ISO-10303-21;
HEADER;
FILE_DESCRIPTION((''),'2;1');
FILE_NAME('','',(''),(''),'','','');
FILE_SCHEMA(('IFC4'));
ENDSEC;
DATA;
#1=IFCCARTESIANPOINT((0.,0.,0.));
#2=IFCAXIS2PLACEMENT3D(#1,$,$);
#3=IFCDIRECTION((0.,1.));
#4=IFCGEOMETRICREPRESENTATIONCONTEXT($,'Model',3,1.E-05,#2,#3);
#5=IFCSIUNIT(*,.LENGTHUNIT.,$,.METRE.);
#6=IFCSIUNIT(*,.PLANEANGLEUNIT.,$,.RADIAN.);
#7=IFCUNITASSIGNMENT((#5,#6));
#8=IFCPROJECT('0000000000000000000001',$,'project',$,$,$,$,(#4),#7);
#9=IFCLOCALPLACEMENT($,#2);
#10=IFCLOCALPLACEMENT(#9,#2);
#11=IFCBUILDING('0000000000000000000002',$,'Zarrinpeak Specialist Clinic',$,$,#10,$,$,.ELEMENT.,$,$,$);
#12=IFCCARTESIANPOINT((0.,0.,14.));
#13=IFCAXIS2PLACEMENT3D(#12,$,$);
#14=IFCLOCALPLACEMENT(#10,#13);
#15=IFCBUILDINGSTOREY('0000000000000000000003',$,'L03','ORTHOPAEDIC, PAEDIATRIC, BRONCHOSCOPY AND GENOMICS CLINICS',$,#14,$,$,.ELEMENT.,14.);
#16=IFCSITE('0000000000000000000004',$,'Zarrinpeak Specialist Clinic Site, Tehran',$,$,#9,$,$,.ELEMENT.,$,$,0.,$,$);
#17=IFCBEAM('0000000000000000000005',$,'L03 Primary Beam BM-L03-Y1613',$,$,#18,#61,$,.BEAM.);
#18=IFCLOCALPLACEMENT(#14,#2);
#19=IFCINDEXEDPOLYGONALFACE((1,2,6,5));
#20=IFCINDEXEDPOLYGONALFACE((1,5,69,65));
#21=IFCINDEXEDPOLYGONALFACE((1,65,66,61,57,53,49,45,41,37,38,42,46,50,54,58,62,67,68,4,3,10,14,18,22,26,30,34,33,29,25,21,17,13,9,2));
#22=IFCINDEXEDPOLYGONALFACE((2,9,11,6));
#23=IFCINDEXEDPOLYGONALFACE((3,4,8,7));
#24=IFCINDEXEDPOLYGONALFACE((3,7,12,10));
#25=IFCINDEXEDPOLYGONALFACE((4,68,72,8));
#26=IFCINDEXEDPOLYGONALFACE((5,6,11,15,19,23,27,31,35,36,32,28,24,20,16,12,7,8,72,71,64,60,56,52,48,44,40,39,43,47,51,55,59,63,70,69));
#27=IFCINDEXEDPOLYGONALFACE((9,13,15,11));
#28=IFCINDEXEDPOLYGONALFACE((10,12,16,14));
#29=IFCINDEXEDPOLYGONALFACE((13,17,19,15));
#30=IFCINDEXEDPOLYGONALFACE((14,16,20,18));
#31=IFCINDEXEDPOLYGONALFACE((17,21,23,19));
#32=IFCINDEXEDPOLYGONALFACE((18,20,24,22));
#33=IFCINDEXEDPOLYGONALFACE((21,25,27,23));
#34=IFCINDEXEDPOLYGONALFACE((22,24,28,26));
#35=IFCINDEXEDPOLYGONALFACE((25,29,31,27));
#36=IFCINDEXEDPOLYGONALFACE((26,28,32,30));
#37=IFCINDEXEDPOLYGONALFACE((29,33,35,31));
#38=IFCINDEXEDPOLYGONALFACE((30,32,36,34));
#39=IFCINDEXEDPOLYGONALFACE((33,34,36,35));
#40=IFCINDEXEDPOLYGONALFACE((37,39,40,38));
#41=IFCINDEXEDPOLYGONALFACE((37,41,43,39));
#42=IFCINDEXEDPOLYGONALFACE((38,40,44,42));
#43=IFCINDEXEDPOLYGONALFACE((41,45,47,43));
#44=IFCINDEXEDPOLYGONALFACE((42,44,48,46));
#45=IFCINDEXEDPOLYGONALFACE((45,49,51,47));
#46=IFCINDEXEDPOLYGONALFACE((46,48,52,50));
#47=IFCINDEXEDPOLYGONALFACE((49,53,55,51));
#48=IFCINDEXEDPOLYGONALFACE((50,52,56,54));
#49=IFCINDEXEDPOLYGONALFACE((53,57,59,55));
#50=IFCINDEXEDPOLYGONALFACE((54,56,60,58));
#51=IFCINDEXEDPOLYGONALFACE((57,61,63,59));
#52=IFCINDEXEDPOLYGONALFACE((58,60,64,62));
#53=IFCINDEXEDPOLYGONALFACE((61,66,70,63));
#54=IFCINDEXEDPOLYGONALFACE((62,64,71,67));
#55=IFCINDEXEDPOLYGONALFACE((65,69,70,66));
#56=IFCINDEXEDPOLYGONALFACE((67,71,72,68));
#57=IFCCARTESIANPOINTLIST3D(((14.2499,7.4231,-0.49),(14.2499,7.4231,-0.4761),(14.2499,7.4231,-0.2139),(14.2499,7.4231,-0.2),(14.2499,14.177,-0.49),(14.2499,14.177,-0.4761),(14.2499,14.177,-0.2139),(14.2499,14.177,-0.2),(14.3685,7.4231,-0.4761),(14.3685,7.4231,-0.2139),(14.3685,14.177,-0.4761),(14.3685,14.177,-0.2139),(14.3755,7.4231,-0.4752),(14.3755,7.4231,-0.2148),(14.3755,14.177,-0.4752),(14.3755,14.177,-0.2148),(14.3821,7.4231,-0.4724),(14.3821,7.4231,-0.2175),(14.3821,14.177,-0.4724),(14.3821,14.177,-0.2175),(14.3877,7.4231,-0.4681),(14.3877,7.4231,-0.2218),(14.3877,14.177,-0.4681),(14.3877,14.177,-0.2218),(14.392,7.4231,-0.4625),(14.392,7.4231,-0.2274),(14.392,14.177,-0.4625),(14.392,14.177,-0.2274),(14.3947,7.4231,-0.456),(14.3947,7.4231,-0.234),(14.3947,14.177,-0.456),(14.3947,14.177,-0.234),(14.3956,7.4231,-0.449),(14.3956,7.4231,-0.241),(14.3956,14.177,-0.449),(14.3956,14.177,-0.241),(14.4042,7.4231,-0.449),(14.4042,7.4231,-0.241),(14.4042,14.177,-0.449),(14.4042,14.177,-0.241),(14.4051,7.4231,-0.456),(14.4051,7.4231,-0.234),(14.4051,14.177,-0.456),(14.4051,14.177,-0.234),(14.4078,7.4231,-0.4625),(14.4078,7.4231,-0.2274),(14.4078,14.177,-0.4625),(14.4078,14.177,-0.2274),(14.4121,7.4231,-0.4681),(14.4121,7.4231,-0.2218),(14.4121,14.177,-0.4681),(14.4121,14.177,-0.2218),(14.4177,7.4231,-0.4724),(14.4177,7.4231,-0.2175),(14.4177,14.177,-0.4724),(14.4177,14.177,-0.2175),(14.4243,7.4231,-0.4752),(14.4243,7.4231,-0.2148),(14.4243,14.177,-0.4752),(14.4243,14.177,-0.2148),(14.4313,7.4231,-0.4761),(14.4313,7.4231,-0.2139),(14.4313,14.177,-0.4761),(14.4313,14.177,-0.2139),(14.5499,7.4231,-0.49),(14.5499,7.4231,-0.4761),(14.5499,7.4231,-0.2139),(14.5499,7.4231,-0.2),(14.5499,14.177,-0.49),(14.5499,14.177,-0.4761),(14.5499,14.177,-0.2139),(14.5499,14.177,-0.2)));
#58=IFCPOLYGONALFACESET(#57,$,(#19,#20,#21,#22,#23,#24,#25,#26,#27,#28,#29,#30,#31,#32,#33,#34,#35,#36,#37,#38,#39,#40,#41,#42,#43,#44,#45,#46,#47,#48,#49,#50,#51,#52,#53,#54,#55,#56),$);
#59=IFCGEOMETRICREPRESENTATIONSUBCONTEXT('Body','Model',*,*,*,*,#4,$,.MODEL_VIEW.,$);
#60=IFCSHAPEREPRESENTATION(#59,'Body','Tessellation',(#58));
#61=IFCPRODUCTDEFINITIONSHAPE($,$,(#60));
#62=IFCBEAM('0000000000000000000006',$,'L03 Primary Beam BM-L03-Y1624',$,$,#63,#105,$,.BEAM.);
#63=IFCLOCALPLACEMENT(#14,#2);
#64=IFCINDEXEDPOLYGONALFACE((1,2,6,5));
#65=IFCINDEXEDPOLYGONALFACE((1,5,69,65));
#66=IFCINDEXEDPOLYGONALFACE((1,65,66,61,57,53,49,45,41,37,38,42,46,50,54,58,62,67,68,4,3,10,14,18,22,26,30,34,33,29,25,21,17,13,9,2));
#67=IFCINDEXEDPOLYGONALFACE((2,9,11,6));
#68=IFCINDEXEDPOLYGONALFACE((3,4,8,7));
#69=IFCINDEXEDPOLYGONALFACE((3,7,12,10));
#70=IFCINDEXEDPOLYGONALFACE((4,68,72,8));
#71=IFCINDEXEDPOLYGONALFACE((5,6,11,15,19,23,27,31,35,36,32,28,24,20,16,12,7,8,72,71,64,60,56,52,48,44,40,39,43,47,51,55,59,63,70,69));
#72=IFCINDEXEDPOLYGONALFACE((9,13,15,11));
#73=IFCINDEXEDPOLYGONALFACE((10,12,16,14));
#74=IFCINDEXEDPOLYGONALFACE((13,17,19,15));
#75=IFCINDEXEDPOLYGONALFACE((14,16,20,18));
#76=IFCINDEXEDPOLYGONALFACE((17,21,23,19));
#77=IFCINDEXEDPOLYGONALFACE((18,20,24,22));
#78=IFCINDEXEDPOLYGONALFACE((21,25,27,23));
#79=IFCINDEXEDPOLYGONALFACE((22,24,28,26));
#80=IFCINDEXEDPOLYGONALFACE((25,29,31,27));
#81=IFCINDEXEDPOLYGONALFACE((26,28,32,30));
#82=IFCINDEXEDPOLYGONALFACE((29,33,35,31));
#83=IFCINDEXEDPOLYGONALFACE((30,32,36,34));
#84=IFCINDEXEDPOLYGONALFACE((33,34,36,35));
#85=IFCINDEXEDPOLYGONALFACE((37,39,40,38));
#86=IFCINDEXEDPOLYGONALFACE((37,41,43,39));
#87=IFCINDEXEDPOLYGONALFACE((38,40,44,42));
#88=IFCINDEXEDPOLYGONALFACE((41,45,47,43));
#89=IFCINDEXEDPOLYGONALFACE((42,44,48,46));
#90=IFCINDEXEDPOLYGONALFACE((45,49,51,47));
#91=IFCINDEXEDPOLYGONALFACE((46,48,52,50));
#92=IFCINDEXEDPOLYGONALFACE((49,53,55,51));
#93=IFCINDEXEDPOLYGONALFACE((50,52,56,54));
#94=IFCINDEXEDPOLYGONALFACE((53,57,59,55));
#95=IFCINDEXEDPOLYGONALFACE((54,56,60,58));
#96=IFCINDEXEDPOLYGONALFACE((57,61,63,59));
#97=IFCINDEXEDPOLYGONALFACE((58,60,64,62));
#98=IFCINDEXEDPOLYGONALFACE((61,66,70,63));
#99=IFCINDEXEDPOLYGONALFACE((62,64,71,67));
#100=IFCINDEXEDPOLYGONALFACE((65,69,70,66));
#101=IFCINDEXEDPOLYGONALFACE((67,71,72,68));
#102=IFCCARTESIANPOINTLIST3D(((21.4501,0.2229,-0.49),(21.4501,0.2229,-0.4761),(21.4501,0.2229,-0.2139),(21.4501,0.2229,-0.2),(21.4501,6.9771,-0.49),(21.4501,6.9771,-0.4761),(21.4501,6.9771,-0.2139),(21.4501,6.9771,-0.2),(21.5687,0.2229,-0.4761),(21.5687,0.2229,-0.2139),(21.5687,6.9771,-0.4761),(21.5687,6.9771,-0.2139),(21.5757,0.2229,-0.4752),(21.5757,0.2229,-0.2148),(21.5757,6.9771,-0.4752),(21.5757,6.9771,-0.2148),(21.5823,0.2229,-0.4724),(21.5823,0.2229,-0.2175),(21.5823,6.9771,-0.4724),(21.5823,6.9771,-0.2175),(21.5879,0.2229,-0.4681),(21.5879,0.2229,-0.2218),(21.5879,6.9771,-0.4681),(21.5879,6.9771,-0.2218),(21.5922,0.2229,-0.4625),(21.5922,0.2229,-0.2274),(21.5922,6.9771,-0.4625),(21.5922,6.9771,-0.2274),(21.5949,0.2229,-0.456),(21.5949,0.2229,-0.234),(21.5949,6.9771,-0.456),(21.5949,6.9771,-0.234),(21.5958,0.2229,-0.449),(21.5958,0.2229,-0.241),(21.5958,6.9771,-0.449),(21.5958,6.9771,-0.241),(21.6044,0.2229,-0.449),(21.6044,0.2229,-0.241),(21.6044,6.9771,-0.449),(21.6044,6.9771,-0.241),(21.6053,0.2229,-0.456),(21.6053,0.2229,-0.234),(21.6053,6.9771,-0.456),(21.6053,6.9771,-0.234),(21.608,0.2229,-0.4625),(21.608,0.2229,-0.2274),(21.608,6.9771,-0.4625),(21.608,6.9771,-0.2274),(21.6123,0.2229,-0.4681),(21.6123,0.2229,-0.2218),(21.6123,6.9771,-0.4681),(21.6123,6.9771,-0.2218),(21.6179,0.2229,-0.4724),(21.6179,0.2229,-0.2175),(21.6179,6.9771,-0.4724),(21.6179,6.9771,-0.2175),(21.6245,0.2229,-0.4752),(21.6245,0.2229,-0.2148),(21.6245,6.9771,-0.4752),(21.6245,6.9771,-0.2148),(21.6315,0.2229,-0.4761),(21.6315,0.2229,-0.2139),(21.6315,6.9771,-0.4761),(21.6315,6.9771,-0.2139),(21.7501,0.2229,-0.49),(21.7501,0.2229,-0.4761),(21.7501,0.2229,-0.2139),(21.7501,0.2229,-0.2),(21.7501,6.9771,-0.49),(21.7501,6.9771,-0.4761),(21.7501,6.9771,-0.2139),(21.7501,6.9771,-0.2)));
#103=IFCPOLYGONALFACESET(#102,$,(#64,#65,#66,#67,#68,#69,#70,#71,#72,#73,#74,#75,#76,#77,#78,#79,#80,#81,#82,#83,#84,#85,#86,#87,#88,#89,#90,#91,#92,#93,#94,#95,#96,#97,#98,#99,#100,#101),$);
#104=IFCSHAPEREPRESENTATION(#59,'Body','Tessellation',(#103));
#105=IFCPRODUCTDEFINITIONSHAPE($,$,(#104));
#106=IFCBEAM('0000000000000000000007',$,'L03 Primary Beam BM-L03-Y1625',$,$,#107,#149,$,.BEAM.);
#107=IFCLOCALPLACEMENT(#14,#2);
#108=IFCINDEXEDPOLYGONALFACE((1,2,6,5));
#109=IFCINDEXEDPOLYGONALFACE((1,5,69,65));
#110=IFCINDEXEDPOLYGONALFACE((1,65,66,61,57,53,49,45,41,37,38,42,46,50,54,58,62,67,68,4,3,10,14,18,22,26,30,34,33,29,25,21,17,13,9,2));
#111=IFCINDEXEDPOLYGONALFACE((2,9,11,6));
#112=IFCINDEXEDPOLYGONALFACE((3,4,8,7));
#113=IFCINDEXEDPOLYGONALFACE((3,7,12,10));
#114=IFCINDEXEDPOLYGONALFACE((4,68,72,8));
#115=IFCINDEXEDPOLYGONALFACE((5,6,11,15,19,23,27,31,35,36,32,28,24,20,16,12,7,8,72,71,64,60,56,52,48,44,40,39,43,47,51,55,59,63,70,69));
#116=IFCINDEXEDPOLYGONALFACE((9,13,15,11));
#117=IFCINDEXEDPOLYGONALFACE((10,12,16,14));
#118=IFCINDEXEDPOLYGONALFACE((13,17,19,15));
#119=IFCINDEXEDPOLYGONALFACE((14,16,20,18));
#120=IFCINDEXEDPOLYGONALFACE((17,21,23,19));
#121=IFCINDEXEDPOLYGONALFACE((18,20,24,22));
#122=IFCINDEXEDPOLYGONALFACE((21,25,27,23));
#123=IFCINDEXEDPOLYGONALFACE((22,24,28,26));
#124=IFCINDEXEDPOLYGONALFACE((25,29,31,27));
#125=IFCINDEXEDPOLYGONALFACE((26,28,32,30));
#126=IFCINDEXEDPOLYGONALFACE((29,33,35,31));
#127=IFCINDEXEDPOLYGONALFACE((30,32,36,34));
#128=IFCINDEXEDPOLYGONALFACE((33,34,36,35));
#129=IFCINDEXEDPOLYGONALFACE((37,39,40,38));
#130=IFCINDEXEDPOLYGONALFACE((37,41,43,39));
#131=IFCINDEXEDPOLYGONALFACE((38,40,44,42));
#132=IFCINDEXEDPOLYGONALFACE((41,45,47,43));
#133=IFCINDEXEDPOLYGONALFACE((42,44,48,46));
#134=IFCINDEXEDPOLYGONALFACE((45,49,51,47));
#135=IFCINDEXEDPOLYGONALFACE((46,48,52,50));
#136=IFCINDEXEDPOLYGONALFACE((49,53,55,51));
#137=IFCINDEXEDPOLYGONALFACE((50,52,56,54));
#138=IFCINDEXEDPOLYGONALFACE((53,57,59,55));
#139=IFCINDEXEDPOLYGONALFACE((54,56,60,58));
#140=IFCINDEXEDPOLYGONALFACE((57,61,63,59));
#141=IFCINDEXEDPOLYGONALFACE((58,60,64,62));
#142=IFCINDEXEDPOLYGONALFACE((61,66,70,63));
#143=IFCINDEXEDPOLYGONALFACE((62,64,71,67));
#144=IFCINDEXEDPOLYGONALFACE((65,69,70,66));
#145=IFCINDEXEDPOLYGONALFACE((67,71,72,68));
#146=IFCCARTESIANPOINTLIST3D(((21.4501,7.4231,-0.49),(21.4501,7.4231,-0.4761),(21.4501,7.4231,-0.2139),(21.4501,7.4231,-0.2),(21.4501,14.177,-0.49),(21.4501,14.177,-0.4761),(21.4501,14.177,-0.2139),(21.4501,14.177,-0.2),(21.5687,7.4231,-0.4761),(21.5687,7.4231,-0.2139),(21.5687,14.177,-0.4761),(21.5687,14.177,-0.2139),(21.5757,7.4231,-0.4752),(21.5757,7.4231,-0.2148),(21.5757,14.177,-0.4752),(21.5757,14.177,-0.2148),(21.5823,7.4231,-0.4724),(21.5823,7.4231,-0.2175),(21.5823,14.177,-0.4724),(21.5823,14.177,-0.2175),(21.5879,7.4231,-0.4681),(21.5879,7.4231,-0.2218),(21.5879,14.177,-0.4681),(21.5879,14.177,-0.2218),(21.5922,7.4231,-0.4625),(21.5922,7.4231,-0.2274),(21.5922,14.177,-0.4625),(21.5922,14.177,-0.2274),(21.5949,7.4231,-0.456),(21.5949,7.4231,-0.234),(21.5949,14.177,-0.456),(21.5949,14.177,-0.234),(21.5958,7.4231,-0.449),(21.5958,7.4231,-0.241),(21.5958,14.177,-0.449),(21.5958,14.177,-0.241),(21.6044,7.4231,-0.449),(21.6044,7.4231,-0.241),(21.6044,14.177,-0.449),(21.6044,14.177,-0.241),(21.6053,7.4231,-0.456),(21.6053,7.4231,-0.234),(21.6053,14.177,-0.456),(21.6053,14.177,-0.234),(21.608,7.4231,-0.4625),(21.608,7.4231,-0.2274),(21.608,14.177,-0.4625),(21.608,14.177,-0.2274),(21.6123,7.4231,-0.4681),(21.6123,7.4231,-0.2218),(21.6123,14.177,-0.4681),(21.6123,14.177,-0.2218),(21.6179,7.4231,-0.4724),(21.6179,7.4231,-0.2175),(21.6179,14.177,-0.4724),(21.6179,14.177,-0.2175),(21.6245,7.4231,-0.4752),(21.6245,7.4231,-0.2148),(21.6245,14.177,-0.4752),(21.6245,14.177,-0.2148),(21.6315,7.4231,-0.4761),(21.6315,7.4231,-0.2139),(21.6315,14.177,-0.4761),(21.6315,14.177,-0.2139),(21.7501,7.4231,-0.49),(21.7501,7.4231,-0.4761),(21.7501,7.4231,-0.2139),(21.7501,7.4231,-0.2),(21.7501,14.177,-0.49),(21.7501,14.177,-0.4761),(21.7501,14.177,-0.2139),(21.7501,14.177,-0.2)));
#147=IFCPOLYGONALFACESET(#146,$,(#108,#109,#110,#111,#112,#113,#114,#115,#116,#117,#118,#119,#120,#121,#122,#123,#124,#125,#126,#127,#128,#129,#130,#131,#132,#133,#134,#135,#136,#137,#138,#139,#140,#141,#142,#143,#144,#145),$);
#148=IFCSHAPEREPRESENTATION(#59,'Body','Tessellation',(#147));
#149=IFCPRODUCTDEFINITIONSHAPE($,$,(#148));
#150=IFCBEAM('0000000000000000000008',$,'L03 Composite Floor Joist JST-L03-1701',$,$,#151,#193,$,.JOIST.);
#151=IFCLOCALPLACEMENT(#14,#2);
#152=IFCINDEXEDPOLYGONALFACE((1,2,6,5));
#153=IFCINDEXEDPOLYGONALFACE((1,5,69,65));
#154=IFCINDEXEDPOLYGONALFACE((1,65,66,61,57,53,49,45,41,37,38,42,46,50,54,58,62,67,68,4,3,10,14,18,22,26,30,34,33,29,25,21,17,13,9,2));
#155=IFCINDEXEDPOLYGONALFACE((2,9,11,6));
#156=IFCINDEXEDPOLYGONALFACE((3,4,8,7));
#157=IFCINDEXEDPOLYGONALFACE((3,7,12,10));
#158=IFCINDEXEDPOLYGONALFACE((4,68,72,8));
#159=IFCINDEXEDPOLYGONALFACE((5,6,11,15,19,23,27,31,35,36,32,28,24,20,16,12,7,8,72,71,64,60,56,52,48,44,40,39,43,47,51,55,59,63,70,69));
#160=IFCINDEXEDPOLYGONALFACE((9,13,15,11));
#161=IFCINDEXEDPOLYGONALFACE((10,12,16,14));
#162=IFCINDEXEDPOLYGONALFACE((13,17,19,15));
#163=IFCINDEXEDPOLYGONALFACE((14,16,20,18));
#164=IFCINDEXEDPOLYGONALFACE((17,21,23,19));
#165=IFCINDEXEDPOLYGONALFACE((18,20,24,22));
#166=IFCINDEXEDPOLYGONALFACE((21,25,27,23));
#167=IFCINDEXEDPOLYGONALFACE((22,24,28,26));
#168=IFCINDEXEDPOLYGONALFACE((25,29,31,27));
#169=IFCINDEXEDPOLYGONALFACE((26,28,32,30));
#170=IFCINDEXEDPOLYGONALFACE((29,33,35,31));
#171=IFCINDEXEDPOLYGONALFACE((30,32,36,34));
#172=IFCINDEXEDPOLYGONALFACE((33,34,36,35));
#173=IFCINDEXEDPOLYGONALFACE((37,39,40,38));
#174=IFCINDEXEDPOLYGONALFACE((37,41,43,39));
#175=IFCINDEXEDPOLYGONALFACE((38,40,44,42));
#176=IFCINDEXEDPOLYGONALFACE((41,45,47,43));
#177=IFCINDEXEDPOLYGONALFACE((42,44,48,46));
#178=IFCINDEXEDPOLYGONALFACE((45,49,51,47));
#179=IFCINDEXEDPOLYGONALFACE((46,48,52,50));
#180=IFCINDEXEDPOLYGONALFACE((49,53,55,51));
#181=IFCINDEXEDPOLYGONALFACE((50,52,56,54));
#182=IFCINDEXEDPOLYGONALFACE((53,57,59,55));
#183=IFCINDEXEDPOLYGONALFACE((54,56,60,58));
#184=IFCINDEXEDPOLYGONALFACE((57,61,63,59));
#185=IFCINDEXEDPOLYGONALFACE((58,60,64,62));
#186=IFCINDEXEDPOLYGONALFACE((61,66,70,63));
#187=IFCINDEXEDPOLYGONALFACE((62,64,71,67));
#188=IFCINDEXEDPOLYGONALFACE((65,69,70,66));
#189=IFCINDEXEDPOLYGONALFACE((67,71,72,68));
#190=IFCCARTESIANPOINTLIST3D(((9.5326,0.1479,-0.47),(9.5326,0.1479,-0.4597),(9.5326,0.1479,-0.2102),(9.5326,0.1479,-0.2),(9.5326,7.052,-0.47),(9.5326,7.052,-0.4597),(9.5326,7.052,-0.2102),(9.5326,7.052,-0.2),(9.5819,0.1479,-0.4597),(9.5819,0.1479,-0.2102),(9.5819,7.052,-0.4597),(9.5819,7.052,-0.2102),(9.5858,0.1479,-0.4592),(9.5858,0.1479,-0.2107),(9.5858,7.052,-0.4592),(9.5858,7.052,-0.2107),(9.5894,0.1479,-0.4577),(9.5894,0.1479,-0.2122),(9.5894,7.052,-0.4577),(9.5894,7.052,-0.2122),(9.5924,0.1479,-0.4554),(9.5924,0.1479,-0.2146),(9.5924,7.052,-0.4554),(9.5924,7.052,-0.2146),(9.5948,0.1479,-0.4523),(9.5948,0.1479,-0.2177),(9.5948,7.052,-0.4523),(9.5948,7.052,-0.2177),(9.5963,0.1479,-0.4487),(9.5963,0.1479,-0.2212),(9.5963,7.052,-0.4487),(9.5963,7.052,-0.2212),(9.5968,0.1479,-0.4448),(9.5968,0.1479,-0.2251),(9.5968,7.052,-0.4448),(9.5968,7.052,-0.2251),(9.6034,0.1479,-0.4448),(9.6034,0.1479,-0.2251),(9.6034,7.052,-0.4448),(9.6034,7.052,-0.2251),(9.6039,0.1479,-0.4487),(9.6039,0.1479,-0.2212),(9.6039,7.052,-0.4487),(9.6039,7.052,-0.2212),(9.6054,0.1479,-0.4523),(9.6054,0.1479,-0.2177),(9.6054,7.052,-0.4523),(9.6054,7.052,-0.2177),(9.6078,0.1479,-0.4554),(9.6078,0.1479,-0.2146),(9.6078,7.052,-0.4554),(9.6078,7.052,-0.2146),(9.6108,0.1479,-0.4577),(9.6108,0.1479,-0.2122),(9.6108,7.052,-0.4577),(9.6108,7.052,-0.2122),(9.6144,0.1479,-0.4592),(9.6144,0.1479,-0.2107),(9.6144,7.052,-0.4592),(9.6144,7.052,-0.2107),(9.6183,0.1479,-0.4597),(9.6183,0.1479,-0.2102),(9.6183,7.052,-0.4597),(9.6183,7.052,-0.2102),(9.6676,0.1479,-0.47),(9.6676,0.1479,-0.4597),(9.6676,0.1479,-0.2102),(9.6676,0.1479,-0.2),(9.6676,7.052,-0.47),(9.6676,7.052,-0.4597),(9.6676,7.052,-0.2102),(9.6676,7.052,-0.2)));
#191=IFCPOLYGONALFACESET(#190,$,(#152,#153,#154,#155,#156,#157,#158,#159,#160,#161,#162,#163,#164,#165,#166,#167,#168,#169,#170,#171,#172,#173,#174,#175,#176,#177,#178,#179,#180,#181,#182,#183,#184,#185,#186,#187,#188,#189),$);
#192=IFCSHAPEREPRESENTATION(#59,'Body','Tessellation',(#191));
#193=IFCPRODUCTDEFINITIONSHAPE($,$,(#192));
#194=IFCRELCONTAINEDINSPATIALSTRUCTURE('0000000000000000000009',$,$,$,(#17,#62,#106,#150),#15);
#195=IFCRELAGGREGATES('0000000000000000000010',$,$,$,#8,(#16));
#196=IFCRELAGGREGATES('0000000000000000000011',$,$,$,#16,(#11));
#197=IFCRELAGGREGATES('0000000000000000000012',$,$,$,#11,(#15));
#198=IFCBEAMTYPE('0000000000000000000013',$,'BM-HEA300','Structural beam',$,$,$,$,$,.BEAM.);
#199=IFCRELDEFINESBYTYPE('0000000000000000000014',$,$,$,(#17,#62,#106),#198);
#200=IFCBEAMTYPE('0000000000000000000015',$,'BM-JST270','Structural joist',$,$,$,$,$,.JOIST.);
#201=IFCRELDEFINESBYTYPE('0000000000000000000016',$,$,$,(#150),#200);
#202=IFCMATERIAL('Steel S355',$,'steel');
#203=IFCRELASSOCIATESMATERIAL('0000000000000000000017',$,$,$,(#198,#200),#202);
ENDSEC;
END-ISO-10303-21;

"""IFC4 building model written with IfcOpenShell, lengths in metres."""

from ifc_helpers import new_model, si_unit, direction, frame, origin, origin_2d, place, context, subcontext, project, spatial, i_section, extrude, material, material_profile, profile_set, type_object, element, save


model = new_model("IFC4")

# Units and contexts
model_context = context("Model", 3, precision=1e-05, world=origin(), true_north=direction((0.0, 1.0)))
body_context = subcontext(model_context, "Body", "Model", "MODEL_VIEW")
ifc_project = project(units=[si_unit("LENGTHUNIT", "METRE"), si_unit("PLANEANGLEUNIT", "RADIAN")], contexts=[model_context])

# Site, building, storey
site_placement = place(None, origin())
site = spatial("IfcSite", under=ifc_project, at=site_placement, Name="Zarrinpeak Specialist Clinic Site, Tehran", CompositionType="ELEMENT", RefElevation=0.0)
building_placement = place(site_placement, origin())
building = spatial("IfcBuilding", under=site, at=building_placement, Name="Zarrinpeak Specialist Clinic", CompositionType="ELEMENT")
storey_placement = place(building_placement, frame((0.0, 0.0, 14.0)))
storey = spatial("IfcBuildingStorey", under=building, at=storey_placement, Name="L03", Description="ORTHOPAEDIC, PAEDIATRIC, BRONCHOSCOPY AND GENOMICS CLINICS", CompositionType="ELEMENT", Elevation=14.0)

# Shared definitions
ifc_material_1 = material(Name="Steel S355", Category="steel")

# Beams
ifc_material_profile_1 = material_profile(ifc_material_1, i_section(OverallWidth=0.3, OverallDepth=0.29, WebThickness=0.0085, FlangeThickness=0.0139, FilletRadius=0.0271, at=origin_2d()), Name="HEA 300")
ifc_profile_set_1 = profile_set([ifc_material_profile_1], Name="Steel S355")
beam_type_1 = type_object("IfcBeamType", Name="BM-HEA300", Description="Structural beam", PredefinedType="BEAM", material=ifc_profile_set_1)
beam_1_placement = place(storey_placement, frame((14.3999, 7.4231, -0.345), z_axis=(0.0, 1.0, 0.0), x_axis=(-1.0, 0.0, 0.0)))
element("IfcBeam", 1, at=beam_1_placement, inside=storey, type_object=beam_type_1, Name="L03 Primary Beam BM-L03-Y1613", PredefinedType="BEAM", context=body_context, shape_type="SweptSolid", body=[
    extrude(i_section(OverallWidth=0.3, OverallDepth=0.29, WebThickness=0.0085, FlangeThickness=0.0139, FilletRadius=0.0271, at=origin_2d()), origin(), (0.0, 0.0, 1.0), 6.7539),
])
beam_2_placement = place(storey_placement, frame((21.6001, 0.2229, -0.345), z_axis=(0.0, 1.0, 0.0), x_axis=(-1.0, 0.0, 0.0)))
element("IfcBeam", 2, at=beam_2_placement, inside=storey, type_object=beam_type_1, Name="L03 Primary Beam BM-L03-Y1624", PredefinedType="BEAM", context=body_context, shape_type="SweptSolid", body=[
    extrude(i_section(OverallWidth=0.3, OverallDepth=0.29, WebThickness=0.0085, FlangeThickness=0.0139, FilletRadius=0.0271, at=origin_2d()), origin(), (0.0, 0.0, 1.0), 6.7542),
])
beam_3_placement = place(storey_placement, frame((21.6001, 7.4231, -0.345), z_axis=(0.0, 1.0, 0.0), x_axis=(-1.0, 0.0, 0.0)))
element("IfcBeam", 3, at=beam_3_placement, inside=storey, type_object=beam_type_1, Name="L03 Primary Beam BM-L03-Y1625", PredefinedType="BEAM", context=body_context, shape_type="SweptSolid", body=[
    extrude(i_section(OverallWidth=0.3, OverallDepth=0.29, WebThickness=0.0085, FlangeThickness=0.0139, FilletRadius=0.0271, at=origin_2d()), origin(), (0.0, 0.0, 1.0), 6.7539),
])
ifc_material_profile_2 = material_profile(ifc_material_1, i_section(OverallWidth=0.135, OverallDepth=0.27, WebThickness=0.0066, FlangeThickness=0.0103, FilletRadius=0.0149, at=origin_2d()), Name="IPE 270")
ifc_profile_set_2 = profile_set([ifc_material_profile_2], Name="Steel S355")
beam_type_2 = type_object("IfcBeamType", Name="BM-JST270", Description="Structural joist", PredefinedType="JOIST", material=ifc_profile_set_2)
for number, where, z_axis, x_axis, name in (
    (4, (9.6001, 0.1479, -0.335), (0.0, 1.0, 0.0), (-1.0, 0.0, 0.0), "L03 Composite Floor Joist JST-L03-1701"),
):
    element("IfcBeam", number, at=place(storey_placement, frame(where, z_axis=z_axis, x_axis=x_axis)), inside=storey, type_object=beam_type_2, Name=name, PredefinedType="JOIST", context=body_context, shape_type="SweptSolid", body=[
        extrude(i_section(OverallWidth=0.135, OverallDepth=0.27, WebThickness=0.0066, FlangeThickness=0.0103, FilletRadius=0.0149, at=origin_2d()), origin(), (0.0, 0.0, 1.0), 6.9041),
    ])

save(model, "model.ifc")
